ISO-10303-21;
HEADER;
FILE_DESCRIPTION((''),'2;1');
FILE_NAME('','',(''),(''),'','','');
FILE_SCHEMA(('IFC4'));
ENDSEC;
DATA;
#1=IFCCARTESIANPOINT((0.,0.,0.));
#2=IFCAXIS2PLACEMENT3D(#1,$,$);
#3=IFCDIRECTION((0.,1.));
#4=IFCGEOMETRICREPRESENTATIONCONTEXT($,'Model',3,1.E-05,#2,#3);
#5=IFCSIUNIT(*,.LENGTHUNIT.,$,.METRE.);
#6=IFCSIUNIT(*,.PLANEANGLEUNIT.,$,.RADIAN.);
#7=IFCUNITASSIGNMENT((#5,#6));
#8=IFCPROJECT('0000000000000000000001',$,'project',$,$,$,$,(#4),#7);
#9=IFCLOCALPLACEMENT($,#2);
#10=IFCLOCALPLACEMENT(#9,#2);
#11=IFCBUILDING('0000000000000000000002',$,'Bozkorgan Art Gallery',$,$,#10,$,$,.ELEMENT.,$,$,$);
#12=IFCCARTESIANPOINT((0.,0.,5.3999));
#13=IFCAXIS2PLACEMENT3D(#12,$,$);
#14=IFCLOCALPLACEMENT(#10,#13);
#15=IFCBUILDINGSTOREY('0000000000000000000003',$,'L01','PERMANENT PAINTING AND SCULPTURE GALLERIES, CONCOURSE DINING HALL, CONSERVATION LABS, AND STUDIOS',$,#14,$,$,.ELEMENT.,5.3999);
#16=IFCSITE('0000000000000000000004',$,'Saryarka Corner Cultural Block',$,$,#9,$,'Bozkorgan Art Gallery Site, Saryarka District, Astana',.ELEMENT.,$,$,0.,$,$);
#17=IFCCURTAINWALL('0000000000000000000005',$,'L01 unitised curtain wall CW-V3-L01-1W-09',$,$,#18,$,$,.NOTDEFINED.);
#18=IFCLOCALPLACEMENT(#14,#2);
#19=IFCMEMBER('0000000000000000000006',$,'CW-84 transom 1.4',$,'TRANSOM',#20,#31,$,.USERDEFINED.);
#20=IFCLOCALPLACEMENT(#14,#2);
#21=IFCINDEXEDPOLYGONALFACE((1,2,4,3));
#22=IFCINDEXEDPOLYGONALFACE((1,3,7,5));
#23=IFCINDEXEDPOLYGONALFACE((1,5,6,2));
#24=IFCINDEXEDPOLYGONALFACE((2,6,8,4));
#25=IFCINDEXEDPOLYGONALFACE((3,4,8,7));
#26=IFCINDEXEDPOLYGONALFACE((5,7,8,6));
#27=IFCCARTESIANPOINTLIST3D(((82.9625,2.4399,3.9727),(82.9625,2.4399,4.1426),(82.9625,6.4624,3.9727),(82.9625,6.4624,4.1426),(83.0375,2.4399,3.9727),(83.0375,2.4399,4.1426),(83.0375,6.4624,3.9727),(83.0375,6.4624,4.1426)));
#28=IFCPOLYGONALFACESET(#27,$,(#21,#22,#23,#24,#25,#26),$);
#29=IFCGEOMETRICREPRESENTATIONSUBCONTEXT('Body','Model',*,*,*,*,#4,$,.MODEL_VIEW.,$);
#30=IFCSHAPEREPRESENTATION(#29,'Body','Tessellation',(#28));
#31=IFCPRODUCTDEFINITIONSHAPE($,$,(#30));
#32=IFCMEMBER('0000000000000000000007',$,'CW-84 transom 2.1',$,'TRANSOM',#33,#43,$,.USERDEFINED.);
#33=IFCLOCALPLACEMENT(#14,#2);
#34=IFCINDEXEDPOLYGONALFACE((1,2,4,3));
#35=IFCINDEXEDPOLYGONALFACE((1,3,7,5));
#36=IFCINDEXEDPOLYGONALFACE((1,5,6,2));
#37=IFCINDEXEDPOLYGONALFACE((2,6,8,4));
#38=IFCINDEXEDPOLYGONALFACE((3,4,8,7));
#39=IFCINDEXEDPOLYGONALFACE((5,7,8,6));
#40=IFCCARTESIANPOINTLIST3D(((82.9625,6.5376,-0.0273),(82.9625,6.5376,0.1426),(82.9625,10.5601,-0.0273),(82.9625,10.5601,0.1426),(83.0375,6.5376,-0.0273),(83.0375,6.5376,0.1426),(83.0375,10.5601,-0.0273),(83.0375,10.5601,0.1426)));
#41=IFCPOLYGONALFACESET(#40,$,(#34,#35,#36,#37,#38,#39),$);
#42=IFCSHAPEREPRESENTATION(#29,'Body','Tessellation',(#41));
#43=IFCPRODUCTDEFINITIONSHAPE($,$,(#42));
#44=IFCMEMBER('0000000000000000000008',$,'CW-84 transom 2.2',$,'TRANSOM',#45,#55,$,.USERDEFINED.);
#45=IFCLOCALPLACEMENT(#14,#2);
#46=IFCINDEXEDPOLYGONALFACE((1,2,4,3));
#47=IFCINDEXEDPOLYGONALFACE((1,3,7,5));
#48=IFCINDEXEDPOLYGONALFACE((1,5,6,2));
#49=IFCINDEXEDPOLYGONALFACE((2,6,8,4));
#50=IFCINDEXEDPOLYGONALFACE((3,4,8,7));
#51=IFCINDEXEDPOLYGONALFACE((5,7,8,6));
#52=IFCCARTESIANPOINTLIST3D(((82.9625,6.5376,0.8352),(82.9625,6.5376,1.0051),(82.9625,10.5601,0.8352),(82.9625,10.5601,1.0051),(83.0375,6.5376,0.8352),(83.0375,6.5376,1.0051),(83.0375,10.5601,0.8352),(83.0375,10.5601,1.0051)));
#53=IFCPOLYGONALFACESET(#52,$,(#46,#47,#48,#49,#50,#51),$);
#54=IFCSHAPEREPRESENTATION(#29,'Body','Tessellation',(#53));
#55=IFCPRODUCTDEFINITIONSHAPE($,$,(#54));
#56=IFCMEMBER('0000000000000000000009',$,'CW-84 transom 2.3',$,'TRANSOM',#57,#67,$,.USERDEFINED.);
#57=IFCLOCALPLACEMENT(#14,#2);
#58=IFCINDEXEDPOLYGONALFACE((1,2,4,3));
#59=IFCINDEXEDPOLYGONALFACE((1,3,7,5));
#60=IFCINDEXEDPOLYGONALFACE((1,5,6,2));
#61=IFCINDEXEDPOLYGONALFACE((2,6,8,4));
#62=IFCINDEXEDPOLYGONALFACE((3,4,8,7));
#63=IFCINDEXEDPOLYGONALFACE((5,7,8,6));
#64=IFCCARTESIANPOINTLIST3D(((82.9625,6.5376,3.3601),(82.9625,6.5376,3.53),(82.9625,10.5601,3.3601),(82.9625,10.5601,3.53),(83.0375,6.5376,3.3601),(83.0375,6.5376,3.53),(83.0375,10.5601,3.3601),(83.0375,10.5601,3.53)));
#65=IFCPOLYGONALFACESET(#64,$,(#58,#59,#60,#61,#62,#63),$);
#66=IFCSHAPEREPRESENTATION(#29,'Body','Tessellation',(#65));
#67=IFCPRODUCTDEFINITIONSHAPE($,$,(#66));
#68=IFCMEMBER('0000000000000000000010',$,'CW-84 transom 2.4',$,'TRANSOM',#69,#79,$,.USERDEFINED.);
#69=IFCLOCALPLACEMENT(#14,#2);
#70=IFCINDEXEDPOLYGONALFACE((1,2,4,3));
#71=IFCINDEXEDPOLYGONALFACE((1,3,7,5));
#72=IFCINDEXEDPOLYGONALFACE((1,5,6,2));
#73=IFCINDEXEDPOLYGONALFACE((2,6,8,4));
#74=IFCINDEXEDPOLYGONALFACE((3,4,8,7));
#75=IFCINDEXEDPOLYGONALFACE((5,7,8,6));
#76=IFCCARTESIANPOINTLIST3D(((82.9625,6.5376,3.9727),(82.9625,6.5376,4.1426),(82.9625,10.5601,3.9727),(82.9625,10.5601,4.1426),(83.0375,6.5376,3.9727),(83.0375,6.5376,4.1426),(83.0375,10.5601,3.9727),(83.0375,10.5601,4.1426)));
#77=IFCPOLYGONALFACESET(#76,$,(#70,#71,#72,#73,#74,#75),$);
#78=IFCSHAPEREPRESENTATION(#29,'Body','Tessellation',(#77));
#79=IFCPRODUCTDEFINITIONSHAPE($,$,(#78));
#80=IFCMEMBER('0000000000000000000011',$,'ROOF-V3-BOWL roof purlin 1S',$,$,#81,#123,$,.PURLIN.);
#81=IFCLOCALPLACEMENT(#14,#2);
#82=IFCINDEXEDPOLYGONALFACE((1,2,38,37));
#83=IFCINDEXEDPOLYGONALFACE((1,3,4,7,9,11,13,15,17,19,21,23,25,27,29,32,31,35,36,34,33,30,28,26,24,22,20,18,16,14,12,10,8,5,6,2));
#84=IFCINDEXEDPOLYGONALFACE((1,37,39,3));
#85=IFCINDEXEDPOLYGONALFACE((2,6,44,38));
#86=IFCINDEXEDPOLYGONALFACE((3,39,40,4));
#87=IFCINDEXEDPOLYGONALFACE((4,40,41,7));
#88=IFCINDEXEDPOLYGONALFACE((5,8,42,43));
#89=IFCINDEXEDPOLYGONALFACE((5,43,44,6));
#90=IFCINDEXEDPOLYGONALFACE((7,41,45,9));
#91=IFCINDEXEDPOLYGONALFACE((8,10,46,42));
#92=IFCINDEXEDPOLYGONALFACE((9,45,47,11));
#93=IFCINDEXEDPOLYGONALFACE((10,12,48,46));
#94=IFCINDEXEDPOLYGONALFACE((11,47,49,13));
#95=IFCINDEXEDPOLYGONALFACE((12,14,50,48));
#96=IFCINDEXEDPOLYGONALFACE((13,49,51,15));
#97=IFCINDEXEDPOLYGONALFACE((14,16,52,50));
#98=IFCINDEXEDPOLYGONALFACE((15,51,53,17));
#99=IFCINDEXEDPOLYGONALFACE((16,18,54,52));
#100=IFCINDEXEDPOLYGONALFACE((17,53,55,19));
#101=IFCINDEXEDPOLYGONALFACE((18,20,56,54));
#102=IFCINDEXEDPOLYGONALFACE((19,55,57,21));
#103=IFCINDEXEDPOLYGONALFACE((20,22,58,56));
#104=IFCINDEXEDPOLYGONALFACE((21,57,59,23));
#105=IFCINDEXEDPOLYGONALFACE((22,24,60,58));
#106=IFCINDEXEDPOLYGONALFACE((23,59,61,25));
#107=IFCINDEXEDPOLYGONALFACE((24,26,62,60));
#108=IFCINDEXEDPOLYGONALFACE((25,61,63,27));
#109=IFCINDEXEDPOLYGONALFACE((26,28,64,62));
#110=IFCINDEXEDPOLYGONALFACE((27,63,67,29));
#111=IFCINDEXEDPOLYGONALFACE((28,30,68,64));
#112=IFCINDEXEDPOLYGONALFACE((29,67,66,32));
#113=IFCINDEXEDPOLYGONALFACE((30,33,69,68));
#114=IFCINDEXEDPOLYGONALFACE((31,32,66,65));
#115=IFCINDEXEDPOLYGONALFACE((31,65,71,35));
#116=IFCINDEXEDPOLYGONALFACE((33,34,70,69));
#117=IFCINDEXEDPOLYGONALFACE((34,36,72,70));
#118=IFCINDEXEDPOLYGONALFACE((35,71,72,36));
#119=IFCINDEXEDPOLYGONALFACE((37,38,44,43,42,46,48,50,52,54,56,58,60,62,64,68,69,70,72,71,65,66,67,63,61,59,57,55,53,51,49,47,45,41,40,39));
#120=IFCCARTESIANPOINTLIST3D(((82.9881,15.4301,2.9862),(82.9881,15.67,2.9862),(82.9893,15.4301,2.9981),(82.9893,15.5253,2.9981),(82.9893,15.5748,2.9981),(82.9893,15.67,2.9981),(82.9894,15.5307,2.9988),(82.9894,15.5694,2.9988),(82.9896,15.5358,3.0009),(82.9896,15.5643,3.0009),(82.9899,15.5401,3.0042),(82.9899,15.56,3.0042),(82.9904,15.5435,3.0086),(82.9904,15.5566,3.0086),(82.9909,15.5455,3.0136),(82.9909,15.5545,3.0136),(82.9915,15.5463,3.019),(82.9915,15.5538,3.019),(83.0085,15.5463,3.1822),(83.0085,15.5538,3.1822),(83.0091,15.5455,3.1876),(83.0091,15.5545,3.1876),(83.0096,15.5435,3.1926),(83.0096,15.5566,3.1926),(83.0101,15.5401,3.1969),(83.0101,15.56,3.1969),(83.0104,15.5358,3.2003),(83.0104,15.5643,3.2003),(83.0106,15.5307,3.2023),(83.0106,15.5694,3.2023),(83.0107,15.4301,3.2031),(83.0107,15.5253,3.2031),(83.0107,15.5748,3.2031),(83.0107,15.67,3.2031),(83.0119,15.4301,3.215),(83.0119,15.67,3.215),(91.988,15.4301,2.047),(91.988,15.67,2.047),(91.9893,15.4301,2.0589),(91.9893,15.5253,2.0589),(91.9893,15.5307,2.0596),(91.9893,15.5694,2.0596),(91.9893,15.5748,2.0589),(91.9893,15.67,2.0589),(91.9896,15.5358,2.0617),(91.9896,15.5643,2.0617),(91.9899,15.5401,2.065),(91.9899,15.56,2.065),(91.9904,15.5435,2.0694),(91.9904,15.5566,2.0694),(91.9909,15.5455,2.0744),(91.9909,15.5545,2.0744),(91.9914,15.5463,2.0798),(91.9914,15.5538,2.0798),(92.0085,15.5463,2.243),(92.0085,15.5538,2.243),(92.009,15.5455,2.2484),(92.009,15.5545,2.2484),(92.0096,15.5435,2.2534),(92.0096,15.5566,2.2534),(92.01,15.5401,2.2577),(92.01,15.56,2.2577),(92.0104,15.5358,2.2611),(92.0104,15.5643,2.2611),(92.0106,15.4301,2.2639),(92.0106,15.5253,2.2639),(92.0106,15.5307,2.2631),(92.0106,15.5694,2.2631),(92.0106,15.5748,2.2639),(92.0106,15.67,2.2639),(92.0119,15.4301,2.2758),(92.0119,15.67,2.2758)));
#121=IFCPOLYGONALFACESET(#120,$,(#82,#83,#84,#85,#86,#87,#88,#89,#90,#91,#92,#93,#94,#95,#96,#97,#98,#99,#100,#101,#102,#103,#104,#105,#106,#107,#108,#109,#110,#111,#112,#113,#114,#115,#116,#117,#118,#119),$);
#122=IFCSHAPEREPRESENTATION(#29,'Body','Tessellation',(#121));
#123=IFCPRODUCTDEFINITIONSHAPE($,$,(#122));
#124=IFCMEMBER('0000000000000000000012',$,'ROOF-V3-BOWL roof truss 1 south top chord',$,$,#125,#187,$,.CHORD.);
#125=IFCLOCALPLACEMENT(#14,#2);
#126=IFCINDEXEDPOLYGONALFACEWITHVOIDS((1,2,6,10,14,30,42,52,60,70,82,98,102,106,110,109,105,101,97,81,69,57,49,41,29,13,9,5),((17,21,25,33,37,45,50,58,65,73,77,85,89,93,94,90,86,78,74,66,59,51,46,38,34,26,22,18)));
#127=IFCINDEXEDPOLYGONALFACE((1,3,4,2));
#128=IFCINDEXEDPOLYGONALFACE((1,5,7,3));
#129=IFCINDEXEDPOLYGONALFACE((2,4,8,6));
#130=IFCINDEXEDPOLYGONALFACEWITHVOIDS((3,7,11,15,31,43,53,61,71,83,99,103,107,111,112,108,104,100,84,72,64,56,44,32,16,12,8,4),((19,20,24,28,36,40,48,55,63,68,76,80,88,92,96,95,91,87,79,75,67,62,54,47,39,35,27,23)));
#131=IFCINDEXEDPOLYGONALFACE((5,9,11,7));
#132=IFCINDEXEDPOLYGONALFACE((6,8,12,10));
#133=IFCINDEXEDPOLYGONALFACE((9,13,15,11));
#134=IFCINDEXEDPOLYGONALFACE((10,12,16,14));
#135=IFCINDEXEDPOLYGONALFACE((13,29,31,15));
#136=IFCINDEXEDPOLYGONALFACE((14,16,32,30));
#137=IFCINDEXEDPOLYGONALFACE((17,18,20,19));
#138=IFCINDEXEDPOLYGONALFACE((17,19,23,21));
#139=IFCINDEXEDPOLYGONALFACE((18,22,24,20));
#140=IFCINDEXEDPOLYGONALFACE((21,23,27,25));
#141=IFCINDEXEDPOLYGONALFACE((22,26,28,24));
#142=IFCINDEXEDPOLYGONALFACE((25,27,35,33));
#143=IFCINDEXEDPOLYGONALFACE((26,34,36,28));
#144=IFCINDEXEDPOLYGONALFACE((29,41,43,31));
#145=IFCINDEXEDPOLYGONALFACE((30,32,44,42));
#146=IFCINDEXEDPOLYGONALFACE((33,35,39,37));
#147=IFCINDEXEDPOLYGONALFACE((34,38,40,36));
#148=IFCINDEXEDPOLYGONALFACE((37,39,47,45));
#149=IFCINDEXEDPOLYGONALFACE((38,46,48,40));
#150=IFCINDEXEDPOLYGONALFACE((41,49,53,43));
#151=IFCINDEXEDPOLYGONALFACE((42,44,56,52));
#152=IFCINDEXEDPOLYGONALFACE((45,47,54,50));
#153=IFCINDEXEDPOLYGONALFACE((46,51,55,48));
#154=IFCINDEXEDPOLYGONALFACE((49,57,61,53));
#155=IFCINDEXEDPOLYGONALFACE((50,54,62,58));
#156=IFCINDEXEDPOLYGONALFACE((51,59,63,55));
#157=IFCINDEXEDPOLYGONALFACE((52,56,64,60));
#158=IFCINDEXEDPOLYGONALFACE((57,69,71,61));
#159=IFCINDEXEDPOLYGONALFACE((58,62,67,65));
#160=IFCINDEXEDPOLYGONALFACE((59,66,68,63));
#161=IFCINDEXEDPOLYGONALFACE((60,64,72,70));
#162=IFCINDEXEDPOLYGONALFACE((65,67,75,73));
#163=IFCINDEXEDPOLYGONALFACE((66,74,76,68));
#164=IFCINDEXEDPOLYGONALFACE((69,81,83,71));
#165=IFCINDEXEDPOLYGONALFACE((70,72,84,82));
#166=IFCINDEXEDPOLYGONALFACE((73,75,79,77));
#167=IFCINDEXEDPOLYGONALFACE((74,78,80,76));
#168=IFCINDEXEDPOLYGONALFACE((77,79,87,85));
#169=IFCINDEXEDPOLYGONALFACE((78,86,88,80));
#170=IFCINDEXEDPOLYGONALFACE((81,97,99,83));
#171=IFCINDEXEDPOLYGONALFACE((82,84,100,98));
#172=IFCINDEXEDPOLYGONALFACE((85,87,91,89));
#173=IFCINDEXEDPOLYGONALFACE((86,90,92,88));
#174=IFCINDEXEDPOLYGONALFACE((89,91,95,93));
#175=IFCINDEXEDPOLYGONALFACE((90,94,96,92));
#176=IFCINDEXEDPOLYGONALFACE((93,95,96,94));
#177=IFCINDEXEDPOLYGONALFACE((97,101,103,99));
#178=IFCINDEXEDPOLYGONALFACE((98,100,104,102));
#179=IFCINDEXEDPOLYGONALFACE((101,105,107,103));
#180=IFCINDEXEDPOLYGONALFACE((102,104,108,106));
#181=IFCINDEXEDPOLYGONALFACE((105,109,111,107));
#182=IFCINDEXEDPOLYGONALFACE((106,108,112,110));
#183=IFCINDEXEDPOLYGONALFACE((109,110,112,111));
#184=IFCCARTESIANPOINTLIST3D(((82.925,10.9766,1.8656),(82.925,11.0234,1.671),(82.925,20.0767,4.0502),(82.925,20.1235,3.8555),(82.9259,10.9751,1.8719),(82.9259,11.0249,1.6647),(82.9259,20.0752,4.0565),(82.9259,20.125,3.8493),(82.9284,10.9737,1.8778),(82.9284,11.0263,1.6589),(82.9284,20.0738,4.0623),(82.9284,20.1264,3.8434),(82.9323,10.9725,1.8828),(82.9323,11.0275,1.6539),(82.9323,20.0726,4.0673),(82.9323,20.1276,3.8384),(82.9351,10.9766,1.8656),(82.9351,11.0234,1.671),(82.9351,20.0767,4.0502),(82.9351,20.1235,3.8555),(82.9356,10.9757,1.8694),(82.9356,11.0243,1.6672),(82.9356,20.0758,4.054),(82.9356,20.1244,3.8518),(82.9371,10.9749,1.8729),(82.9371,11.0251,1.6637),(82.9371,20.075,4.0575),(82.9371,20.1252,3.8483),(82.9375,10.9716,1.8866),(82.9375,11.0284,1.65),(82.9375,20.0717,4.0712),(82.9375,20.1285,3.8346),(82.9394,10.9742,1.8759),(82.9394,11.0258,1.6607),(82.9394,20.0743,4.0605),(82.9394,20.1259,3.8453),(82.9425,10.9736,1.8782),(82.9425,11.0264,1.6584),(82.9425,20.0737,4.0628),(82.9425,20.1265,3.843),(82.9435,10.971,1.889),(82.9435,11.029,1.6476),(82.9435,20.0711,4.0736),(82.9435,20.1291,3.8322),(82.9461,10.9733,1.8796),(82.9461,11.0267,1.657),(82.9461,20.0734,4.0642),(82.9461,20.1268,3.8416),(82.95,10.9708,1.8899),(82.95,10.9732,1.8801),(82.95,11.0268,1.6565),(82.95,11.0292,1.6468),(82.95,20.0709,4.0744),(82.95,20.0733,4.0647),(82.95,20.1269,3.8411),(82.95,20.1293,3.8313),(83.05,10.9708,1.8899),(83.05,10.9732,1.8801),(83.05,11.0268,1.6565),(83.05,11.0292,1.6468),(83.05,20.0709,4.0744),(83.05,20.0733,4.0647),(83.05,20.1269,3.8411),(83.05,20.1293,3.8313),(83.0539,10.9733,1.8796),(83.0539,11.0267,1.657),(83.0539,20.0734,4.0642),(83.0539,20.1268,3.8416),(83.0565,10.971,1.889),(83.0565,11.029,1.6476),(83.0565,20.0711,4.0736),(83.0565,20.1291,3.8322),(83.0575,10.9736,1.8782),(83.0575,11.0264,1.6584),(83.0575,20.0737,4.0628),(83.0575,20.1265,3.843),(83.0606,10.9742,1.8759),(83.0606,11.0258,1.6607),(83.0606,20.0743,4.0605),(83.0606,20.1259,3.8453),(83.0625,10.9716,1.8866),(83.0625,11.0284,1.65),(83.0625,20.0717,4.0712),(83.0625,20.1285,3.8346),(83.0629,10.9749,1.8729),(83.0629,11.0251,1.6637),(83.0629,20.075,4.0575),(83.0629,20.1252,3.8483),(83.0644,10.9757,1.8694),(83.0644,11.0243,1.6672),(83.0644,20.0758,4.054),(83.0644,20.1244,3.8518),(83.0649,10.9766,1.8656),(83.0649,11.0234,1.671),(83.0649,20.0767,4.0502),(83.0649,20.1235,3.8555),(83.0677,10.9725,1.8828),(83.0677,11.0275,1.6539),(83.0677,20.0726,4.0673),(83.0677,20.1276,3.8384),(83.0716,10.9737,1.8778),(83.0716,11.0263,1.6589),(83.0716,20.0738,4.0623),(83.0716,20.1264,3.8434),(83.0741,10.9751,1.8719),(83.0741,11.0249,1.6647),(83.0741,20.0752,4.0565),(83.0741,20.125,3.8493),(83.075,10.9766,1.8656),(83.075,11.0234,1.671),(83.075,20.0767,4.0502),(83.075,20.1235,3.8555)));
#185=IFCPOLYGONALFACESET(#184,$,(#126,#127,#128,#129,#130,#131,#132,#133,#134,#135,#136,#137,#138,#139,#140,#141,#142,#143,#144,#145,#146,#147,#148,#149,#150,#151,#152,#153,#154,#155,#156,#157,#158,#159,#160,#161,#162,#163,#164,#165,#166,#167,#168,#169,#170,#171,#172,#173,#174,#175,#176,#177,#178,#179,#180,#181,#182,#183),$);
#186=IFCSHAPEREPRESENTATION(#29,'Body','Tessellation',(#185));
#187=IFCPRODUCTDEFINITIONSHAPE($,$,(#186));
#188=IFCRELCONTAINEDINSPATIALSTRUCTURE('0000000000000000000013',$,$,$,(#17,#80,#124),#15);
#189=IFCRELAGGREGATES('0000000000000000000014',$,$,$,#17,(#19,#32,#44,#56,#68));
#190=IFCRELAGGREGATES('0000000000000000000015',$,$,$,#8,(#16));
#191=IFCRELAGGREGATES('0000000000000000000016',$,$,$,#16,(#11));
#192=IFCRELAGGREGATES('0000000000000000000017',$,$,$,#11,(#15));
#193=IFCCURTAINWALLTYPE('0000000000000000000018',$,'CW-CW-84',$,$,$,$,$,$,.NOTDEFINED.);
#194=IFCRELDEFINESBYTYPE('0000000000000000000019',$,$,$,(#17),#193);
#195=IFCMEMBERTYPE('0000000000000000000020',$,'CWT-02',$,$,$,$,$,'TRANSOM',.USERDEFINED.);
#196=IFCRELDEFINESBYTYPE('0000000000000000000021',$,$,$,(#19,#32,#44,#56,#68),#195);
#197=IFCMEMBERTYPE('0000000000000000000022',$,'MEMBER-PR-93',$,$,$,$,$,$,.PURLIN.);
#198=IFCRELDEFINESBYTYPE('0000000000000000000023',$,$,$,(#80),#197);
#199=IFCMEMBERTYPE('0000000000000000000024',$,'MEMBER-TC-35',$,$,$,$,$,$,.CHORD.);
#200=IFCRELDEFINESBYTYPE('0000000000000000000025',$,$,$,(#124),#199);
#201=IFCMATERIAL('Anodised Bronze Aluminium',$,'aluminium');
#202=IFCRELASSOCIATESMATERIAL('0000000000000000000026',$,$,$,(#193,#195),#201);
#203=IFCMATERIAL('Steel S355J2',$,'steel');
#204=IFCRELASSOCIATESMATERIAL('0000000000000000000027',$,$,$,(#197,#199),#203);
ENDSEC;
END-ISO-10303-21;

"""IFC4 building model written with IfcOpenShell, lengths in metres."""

from ifc_helpers import new_model, si_unit, direction, frame, origin, origin_2d, place, context, subcontext, project, spatial, rectangle, hollow_rectangle, i_section, extrude, material, material_profile, profile_set, type_object, element, aggregate, save


model = new_model("IFC4")

# Units and contexts
model_context = context("Model", 3, precision=1e-05, world=origin(), true_north=direction((0.0, 1.0)))
body_context = subcontext(model_context, "Body", "Model", "MODEL_VIEW")
ifc_project = project(units=[si_unit("LENGTHUNIT", "METRE"), si_unit("PLANEANGLEUNIT", "RADIAN")], contexts=[model_context])

# Site, building, storey
site_placement = place(None, origin())
site = spatial("IfcSite", under=ifc_project, at=site_placement, Name="Saryarka Corner Cultural Block", LongName="Bozkorgan Art Gallery Site, Saryarka District, Astana", CompositionType="ELEMENT", RefElevation=0.0)
building_placement = place(site_placement, origin())
building = spatial("IfcBuilding", under=site, at=building_placement, Name="Bozkorgan Art Gallery", CompositionType="ELEMENT")
storey_placement = place(building_placement, frame((0.0, 0.0, 5.3999)))
storey = spatial("IfcBuildingStorey", under=building, at=storey_placement, Name="L01", Description="PERMANENT PAINTING AND SCULPTURE GALLERIES, CONCOURSE DINING HALL, CONSERVATION LABS, AND STUDIOS", CompositionType="ELEMENT", Elevation=5.3999)

# Shared definitions
ifc_material_1 = material(Name="Steel S355J2", Category="steel")

# Shared definitions
ifc_material_2 = material(Name="Anodised Bronze Aluminium", Category="aluminium")
curtain_wall_type = type_object("IfcCurtainWallType", Name="CW-CW-84", PredefinedType="NOTDEFINED", material=ifc_material_2)

# Curtain wall
curtain_wall_1_placement = place(storey_placement, origin())
curtain_wall_1 = element("IfcCurtainWall", 1, at=curtain_wall_1_placement, inside=storey, type_object=curtain_wall_type, Name="L01 unitised curtain wall CW-V3-L01-1W-09", PredefinedType="NOTDEFINED")

# Members
ifc_material_profile_1 = material_profile(ifc_material_2, rectangle(XDim=0.075, YDim=0.1699, at=origin_2d()), Name="ALU TRANSOM 75x170")
ifc_profile_set_1 = profile_set([ifc_material_profile_1], Name="Anodised Bronze Aluminium")
member_type_1 = type_object("IfcMemberType", Name="CWT-02", ElementType="TRANSOM", PredefinedType="USERDEFINED", material=ifc_profile_set_1)
member_1_placement = place(storey_placement, frame((83.0, 2.4399, 4.0576), z_axis=(0.0, 1.0, 0.0), x_axis=(-1.0, 0.0, 0.0)))
member_1 = element("IfcMember", 2, at=member_1_placement, type_object=member_type_1, Name="CW-84 transom 1.4", ObjectType="TRANSOM", PredefinedType="USERDEFINED", context=body_context, shape_type="SweptSolid", body=[
    extrude(rectangle(XDim=0.075, YDim=0.1699, at=origin_2d()), origin(), (0.0, 0.0, 1.0), 4.0225),
])
member_2_placement = place(storey_placement, frame((83.0, 6.5376, 0.0576), z_axis=(0.0, 1.0, 0.0), x_axis=(-1.0, 0.0, 0.0)))
member_2 = element("IfcMember", 3, at=member_2_placement, type_object=member_type_1, Name="CW-84 transom 2.1", ObjectType="TRANSOM", PredefinedType="USERDEFINED", context=body_context, shape_type="SweptSolid", body=[
    extrude(rectangle(XDim=0.075, YDim=0.1699, at=origin_2d()), origin(), (0.0, 0.0, 1.0), 4.0225),
])
member_3_placement = place(storey_placement, frame((83.0, 6.5376, 0.9202), z_axis=(0.0, 1.0, 0.0), x_axis=(-1.0, 0.0, 0.0)))
member_3 = element("IfcMember", 4, at=member_3_placement, type_object=member_type_1, Name="CW-84 transom 2.2", ObjectType="TRANSOM", PredefinedType="USERDEFINED", context=body_context, shape_type="SweptSolid", body=[
    extrude(rectangle(XDim=0.075, YDim=0.1699, at=origin_2d()), origin(), (0.0, 0.0, 1.0), 4.0225),
])
member_4_placement = place(storey_placement, frame((83.0, 6.5376, 3.4451), z_axis=(0.0, 1.0, 0.0), x_axis=(-1.0, 0.0, 0.0)))
member_4 = element("IfcMember", 5, at=member_4_placement, type_object=member_type_1, Name="CW-84 transom 2.3", ObjectType="TRANSOM", PredefinedType="USERDEFINED", context=body_context, shape_type="SweptSolid", body=[
    extrude(rectangle(XDim=0.075, YDim=0.1699, at=origin_2d()), origin(), (0.0, 0.0, 1.0), 4.0225),
])
member_5_placement = place(storey_placement, frame((83.0, 6.5376, 4.0576), z_axis=(0.0, 1.0, 0.0), x_axis=(-1.0, 0.0, 0.0)))
member_5 = element("IfcMember", 6, at=member_5_placement, type_object=member_type_1, Name="CW-84 transom 2.4", ObjectType="TRANSOM", PredefinedType="USERDEFINED", context=body_context, shape_type="SweptSolid", body=[
    extrude(rectangle(XDim=0.075, YDim=0.1699, at=origin_2d()), origin(), (0.0, 0.0, 1.0), 4.0225),
])

# Members
ifc_material_profile_2 = material_profile(ifc_material_1, i_section(OverallWidth=0.24, OverallDepth=0.23, WebThickness=0.0076, FlangeThickness=0.012, FilletRadius=0.021, at=origin_2d()), Name="HEA 240")
ifc_profile_set_2 = profile_set([ifc_material_profile_2], Name="Steel S355J2")
member_type_2 = type_object("IfcMemberType", Name="MEMBER-PR-93", PredefinedType="PURLIN", material=ifc_profile_set_2)
member_6_placement = place(storey_placement, frame((83.0, 15.55, 3.1006), z_axis=(0.994599, 0.0, -0.103793), x_axis=(0.0, 1.0, 0.0)))
element("IfcMember", 7, at=member_6_placement, inside=storey, type_object=member_type_2, Name="ROOF-V3-BOWL roof purlin 1S", PredefinedType="PURLIN", context=body_context, shape_type="SweptSolid", body=[
    extrude(i_section(OverallWidth=0.24, OverallDepth=0.23, WebThickness=0.0076, FlangeThickness=0.012, FilletRadius=0.021, at=origin_2d()), origin(), (0.0, 0.0, 1.0), 9.0488),
])
ifc_material_profile_3 = material_profile(ifc_material_1, hollow_rectangle(XDim=0.1499, YDim=0.25, WallThickness=0.01, InnerFilletRadius=0.0149, OuterFilletRadius=0.0249, at=origin_2d()), Name="RHS 250x150x10")
ifc_profile_set_3 = profile_set([ifc_material_profile_3], Name="Steel S355J2")
member_type_3 = type_object("IfcMemberType", Name="MEMBER-TC-35", PredefinedType="CHORD", material=ifc_profile_set_3)
member_7_placement = place(storey_placement, frame((83.0, 11.0, 1.7683), z_axis=(0.0, 0.972374, 0.233428), x_axis=(-1.0, 0.0, 0.0)))
element("IfcMember", 8, at=member_7_placement, inside=storey, type_object=member_type_3, Name="ROOF-V3-BOWL roof truss 1 south top chord", PredefinedType="CHORD", context=body_context, shape_type="SweptSolid", body=[
    extrude(hollow_rectangle(XDim=0.1499, YDim=0.25, WallThickness=0.01, InnerFilletRadius=0.0149, OuterFilletRadius=0.0249, at=origin_2d()), origin(), (0.0, 0.0, 1.0), 9.3586),
])

aggregate(curtain_wall_1, [member_1, member_2, member_3, member_4, member_5])

save(model, "model.ifc")
